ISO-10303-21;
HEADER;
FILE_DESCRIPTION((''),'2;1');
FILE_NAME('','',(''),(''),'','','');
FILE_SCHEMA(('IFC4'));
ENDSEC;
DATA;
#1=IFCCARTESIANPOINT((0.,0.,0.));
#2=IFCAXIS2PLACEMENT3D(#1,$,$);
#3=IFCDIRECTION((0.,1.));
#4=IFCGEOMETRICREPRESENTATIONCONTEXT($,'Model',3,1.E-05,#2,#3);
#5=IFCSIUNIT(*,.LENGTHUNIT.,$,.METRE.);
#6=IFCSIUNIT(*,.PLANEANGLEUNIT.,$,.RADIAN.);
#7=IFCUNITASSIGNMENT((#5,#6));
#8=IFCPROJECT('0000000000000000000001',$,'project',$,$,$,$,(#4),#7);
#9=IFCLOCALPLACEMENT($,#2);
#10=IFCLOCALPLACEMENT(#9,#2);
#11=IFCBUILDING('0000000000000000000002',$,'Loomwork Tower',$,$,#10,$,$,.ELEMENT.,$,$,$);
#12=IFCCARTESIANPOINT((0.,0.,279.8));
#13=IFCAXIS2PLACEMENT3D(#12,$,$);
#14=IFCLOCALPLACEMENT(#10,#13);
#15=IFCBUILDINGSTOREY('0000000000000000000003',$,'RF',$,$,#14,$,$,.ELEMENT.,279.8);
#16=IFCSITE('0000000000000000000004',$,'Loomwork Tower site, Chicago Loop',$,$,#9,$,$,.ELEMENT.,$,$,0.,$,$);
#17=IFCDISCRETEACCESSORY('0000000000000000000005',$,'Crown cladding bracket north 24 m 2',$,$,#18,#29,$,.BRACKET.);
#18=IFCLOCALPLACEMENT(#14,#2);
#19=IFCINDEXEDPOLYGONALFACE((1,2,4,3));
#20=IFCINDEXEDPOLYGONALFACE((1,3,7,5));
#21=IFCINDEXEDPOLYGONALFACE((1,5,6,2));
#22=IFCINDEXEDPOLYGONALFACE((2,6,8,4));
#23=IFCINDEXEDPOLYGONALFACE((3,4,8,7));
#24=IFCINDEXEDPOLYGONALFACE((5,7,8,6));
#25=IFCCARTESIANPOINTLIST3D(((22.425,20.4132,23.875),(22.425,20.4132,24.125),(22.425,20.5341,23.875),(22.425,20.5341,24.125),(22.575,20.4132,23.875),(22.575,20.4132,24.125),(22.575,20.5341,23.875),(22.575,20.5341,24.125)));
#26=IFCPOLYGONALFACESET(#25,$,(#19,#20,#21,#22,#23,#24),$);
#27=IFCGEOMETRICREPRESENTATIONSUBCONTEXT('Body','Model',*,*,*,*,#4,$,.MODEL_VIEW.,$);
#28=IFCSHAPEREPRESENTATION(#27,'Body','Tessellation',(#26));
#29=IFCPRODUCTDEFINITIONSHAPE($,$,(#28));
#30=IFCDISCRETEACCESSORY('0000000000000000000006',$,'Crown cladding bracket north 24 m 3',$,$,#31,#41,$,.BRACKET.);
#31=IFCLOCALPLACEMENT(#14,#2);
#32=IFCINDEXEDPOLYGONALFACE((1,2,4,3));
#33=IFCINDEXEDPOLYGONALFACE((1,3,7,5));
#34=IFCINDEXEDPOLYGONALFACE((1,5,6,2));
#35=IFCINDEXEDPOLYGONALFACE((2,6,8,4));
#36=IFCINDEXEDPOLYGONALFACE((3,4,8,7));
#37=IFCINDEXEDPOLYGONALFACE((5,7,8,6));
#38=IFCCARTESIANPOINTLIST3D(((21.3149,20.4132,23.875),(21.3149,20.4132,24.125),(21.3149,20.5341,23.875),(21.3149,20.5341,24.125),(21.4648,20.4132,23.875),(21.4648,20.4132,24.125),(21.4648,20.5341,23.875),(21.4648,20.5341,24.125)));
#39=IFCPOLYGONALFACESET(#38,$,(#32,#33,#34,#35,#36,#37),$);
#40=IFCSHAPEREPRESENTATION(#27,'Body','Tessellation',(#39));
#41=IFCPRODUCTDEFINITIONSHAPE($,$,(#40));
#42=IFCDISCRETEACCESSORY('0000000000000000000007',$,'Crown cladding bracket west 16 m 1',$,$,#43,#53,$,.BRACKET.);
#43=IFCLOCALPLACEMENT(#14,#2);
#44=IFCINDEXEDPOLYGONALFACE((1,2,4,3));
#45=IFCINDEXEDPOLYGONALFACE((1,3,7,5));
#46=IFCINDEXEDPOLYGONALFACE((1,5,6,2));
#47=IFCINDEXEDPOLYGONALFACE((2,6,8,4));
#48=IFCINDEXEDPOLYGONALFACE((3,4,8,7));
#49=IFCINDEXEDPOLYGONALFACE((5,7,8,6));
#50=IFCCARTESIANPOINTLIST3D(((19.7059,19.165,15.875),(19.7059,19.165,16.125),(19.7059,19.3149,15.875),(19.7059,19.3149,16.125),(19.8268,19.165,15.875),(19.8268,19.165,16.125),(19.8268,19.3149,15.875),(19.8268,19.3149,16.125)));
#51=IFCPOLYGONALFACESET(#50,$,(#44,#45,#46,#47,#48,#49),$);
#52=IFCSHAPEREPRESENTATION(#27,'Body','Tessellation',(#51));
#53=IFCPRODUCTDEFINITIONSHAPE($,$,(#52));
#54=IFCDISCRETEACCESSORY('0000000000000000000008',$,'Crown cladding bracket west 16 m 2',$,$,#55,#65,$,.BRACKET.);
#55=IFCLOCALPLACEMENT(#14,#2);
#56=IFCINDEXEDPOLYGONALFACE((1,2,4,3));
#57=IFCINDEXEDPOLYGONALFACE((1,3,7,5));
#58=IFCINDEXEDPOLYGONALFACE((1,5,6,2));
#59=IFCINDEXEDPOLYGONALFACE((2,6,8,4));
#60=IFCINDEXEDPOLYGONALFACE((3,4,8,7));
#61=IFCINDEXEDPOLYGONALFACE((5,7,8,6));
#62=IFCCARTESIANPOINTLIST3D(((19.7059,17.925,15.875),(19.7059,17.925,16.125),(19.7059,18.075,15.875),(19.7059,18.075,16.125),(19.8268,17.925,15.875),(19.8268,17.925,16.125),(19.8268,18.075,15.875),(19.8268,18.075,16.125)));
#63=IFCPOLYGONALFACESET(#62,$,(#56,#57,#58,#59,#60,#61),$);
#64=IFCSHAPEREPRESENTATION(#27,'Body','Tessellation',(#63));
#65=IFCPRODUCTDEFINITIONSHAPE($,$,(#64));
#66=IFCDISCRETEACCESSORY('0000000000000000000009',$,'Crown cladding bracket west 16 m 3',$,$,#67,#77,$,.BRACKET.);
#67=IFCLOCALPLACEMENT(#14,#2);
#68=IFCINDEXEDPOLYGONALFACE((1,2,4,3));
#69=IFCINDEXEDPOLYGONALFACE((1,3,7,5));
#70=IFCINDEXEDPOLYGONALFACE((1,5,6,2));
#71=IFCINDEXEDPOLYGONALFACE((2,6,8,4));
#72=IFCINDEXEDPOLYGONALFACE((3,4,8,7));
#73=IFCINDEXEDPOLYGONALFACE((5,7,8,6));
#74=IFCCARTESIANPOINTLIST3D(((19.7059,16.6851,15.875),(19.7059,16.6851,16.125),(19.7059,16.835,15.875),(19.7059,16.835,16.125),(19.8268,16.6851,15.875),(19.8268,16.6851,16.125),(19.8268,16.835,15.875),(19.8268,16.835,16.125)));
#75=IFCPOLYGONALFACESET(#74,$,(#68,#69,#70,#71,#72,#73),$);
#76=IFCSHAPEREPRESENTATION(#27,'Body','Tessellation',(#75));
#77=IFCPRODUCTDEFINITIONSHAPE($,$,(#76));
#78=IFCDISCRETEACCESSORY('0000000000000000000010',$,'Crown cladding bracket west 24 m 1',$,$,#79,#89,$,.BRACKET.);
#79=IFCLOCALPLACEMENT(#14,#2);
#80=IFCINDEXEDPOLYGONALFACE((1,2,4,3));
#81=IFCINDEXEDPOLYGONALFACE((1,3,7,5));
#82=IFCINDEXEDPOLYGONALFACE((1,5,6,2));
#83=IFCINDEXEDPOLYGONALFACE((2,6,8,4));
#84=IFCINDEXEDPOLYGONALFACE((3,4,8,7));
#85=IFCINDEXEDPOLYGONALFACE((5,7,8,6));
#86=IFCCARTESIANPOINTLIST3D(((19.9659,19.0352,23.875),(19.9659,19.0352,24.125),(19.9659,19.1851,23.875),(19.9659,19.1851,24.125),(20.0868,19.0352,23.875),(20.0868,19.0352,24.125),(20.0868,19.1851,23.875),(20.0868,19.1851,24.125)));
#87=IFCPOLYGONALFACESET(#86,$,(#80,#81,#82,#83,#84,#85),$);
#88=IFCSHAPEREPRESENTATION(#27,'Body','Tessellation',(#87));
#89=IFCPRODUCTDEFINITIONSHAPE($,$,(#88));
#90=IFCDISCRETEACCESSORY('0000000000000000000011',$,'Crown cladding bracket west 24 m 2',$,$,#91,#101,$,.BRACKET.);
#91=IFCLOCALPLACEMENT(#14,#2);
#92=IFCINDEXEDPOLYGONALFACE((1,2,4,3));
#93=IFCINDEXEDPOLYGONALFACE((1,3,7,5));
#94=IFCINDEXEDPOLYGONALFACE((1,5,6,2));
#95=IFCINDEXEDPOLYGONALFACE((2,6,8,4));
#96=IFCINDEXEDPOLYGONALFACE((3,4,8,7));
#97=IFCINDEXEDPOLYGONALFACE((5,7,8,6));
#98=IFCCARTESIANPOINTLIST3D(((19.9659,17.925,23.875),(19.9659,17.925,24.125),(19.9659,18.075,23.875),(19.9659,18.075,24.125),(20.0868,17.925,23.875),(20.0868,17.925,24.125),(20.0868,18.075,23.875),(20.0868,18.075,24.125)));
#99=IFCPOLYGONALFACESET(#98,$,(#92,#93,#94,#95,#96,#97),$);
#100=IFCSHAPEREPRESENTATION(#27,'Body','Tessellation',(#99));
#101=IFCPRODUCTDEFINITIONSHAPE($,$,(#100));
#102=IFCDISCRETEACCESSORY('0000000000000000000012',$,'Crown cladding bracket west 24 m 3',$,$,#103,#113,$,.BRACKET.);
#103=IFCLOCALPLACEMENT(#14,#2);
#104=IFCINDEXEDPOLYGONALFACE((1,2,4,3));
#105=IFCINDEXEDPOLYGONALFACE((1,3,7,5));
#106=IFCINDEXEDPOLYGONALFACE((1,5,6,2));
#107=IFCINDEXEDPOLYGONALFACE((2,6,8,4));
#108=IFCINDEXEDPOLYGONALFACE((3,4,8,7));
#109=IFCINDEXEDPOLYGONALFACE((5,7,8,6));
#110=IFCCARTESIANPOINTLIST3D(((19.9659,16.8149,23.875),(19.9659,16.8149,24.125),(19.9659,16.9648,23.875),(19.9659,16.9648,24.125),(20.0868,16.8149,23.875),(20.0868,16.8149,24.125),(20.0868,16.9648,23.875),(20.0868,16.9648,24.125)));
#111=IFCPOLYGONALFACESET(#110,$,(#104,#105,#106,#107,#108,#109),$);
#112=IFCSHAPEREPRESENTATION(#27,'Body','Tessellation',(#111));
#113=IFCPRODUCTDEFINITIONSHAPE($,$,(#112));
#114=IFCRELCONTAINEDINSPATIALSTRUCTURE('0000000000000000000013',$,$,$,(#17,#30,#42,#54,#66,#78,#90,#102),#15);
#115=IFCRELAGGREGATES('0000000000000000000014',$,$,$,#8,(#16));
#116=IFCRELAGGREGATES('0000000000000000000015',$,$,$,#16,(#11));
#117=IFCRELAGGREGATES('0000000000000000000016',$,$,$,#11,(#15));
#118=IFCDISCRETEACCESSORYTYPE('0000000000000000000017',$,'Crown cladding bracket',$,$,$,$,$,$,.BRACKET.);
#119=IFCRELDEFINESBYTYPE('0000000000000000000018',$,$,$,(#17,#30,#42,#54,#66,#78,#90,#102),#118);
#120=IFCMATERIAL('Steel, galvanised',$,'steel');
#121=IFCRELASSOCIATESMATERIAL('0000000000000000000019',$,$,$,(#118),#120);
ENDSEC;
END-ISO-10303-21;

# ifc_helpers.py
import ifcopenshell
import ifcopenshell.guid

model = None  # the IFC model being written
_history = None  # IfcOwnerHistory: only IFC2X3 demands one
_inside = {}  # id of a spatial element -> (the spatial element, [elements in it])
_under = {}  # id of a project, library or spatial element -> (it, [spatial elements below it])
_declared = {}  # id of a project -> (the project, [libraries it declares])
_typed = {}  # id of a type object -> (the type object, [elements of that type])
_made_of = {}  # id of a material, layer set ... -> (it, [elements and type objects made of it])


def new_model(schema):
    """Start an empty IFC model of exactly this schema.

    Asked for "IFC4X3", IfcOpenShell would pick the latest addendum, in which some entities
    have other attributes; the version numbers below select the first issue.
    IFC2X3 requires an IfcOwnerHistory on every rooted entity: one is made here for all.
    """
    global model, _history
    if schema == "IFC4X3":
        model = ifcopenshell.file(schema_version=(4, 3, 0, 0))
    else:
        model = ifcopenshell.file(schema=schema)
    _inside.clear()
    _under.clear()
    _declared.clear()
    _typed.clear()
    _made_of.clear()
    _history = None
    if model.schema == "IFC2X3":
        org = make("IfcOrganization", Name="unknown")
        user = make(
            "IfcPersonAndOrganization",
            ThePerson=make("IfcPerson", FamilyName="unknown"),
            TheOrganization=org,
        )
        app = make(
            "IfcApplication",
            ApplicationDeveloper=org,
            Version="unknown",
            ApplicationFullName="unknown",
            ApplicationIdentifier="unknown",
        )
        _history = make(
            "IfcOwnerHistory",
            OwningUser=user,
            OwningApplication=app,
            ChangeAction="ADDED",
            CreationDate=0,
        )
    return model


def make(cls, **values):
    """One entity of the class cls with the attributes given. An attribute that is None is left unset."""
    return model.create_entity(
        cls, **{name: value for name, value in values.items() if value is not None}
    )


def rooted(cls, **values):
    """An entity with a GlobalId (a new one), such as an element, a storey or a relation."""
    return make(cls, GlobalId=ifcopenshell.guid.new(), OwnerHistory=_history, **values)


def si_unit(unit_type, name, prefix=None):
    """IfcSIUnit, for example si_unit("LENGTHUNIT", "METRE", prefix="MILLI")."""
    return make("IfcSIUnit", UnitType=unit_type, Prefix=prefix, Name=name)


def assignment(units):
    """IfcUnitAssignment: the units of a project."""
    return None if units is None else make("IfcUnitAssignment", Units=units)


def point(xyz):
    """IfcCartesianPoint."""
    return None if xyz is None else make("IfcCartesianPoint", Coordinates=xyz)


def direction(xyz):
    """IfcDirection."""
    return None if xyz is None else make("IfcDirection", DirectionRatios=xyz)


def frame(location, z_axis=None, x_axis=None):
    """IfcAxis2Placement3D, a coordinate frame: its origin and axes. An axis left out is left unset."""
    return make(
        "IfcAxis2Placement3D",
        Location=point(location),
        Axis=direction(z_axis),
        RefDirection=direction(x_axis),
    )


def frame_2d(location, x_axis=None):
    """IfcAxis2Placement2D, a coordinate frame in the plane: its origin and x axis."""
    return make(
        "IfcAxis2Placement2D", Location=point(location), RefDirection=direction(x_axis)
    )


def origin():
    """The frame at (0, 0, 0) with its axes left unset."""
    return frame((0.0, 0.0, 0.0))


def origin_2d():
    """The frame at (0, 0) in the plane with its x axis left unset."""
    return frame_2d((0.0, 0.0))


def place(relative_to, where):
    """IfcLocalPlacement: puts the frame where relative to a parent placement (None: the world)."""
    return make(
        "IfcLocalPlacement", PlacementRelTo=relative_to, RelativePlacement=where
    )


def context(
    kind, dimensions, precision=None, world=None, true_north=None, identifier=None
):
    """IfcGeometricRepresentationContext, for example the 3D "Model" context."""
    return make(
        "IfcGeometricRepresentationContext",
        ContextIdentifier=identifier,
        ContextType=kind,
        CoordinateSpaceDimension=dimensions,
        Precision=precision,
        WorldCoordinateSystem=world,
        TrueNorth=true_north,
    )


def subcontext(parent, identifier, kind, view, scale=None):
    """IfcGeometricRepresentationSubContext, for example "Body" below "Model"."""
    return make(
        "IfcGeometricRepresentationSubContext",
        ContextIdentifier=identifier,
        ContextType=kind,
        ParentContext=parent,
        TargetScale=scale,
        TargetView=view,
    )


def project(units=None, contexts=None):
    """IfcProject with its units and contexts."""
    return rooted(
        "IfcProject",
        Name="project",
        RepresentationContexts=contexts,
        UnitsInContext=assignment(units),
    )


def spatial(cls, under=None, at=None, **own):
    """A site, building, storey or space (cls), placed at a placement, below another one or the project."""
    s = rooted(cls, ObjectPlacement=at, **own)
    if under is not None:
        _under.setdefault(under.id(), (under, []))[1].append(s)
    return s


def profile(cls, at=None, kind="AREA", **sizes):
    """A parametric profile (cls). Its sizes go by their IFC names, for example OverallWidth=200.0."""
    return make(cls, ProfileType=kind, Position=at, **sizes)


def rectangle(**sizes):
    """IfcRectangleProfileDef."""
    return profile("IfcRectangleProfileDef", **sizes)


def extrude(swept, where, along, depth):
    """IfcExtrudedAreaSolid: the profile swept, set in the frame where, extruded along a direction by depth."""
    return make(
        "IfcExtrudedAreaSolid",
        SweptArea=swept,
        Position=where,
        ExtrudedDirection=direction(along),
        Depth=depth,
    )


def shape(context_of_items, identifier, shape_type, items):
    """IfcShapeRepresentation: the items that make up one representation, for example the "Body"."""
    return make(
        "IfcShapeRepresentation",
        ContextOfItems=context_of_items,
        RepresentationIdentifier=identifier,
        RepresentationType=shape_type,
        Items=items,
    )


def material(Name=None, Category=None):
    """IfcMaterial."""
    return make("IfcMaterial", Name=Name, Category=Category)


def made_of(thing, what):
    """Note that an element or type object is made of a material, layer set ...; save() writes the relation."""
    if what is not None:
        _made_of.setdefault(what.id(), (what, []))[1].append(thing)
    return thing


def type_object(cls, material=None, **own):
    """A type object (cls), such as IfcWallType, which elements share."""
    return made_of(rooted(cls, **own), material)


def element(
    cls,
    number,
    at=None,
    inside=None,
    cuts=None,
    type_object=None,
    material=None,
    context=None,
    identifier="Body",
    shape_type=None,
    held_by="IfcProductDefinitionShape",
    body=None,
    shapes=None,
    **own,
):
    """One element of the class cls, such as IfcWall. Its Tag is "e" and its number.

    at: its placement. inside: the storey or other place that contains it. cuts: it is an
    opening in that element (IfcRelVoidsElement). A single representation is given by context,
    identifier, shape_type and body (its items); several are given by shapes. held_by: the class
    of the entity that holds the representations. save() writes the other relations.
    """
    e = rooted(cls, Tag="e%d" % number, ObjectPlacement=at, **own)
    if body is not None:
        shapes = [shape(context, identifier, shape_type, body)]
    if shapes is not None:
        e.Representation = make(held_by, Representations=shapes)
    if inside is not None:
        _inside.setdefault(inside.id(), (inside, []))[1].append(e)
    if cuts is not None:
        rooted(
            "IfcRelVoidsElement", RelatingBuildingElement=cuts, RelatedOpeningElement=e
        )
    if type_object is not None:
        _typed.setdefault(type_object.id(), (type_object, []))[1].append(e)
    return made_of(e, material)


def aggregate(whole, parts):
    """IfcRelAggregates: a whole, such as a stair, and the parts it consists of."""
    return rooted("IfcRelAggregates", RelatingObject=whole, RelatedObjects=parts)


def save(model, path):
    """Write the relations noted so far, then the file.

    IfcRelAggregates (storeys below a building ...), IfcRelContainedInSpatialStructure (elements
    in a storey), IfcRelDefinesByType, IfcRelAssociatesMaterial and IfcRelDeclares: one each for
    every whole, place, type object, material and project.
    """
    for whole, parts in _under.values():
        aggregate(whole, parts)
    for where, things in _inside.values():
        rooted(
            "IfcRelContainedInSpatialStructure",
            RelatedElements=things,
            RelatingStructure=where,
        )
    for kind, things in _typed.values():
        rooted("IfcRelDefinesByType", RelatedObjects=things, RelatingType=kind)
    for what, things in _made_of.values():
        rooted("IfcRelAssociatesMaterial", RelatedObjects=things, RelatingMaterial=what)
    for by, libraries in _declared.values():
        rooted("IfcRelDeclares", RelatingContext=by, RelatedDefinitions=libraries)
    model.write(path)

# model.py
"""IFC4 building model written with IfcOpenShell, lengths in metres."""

from ifc_helpers import new_model, si_unit, direction, frame, origin, origin_2d, place, context, subcontext, project, spatial, rectangle, extrude, material, type_object, element, save


model = new_model("IFC4")

# Units and contexts
model_context = context("Model", 3, precision=1e-05, world=origin(), true_north=direction((0.0, 1.0)))
body_context = subcontext(model_context, "Body", "Model", "MODEL_VIEW")
ifc_project = project(units=[si_unit("LENGTHUNIT", "METRE"), si_unit("PLANEANGLEUNIT", "RADIAN")], contexts=[model_context])

# Site, building, storey
site_placement = place(None, origin())
site = spatial("IfcSite", under=ifc_project, at=site_placement, Name="Loomwork Tower site, Chicago Loop", CompositionType="ELEMENT", RefElevation=0.0)
building_placement = place(site_placement, origin())
building = spatial("IfcBuilding", under=site, at=building_placement, Name="Loomwork Tower", CompositionType="ELEMENT")
storey_placement = place(building_placement, frame((0.0, 0.0, 279.8)))
storey = spatial("IfcBuildingStorey", under=building, at=storey_placement, Name="RF", CompositionType="ELEMENT", Elevation=279.8)

# Discrete accessories
ifc_material_1 = material(Name="Steel, galvanised", Category="steel")
discrete_accessory_type = type_object("IfcDiscreteAccessoryType", Name="Crown cladding bracket", PredefinedType="BRACKET", material=ifc_material_1)
for number, where, z_axis, x_axis, name in (
    (1, (22.5, 20.4736, 23.875), (0.0, 0.0, 1.0), (1.0, 0.0, 0.0), "Crown cladding bracket north 24 m 2"),
    (2, (21.3899, 20.4736, 23.875), (0.0, 0.0, 1.0), (1.0, 0.0, 0.0), "Crown cladding bracket north 24 m 3"),
):
    element("IfcDiscreteAccessory", number, at=place(storey_placement, frame(where, z_axis=z_axis, x_axis=x_axis)), inside=storey, type_object=discrete_accessory_type, Name=name, PredefinedType="BRACKET", context=body_context, shape_type="SweptSolid", body=[
        extrude(rectangle(XDim=0.1499, YDim=0.1208, at=origin_2d()), origin(), (0.0, 0.0, 1.0), 0.25),
    ])
for number, where, z_axis, x_axis, name in (
    (3, (19.7664, 19.24, 15.875), (0.0, 0.0, 1.0), (1.0, 0.0, 0.0), "Crown cladding bracket west 16 m 1"),
    (4, (19.7664, 18.0, 15.875), (0.0, 0.0, 1.0), (1.0, 0.0, 0.0), "Crown cladding bracket west 16 m 2"),
    (5, (19.7664, 16.76, 15.875), (0.0, 0.0, 1.0), (1.0, 0.0, 0.0), "Crown cladding bracket west 16 m 3"),
    (6, (20.0264, 19.1101, 23.875), (0.0, 0.0, 1.0), (1.0, 0.0, 0.0), "Crown cladding bracket west 24 m 1"),
    (7, (20.0264, 18.0, 23.875), (0.0, 0.0, 1.0), (1.0, 0.0, 0.0), "Crown cladding bracket west 24 m 2"),
    (8, (20.0264, 16.8899, 23.875), (0.0, 0.0, 1.0), (1.0, 0.0, 0.0), "Crown cladding bracket west 24 m 3"),
):
    element("IfcDiscreteAccessory", number, at=place(storey_placement, frame(where, z_axis=z_axis, x_axis=x_axis)), inside=storey, type_object=discrete_accessory_type, Name=name, PredefinedType="BRACKET", context=body_context, shape_type="SweptSolid", body=[
        extrude(rectangle(XDim=0.1208, YDim=0.1499, at=origin_2d()), origin(), (0.0, 0.0, 1.0), 0.25),
    ])

save(model, "model.ifc")
